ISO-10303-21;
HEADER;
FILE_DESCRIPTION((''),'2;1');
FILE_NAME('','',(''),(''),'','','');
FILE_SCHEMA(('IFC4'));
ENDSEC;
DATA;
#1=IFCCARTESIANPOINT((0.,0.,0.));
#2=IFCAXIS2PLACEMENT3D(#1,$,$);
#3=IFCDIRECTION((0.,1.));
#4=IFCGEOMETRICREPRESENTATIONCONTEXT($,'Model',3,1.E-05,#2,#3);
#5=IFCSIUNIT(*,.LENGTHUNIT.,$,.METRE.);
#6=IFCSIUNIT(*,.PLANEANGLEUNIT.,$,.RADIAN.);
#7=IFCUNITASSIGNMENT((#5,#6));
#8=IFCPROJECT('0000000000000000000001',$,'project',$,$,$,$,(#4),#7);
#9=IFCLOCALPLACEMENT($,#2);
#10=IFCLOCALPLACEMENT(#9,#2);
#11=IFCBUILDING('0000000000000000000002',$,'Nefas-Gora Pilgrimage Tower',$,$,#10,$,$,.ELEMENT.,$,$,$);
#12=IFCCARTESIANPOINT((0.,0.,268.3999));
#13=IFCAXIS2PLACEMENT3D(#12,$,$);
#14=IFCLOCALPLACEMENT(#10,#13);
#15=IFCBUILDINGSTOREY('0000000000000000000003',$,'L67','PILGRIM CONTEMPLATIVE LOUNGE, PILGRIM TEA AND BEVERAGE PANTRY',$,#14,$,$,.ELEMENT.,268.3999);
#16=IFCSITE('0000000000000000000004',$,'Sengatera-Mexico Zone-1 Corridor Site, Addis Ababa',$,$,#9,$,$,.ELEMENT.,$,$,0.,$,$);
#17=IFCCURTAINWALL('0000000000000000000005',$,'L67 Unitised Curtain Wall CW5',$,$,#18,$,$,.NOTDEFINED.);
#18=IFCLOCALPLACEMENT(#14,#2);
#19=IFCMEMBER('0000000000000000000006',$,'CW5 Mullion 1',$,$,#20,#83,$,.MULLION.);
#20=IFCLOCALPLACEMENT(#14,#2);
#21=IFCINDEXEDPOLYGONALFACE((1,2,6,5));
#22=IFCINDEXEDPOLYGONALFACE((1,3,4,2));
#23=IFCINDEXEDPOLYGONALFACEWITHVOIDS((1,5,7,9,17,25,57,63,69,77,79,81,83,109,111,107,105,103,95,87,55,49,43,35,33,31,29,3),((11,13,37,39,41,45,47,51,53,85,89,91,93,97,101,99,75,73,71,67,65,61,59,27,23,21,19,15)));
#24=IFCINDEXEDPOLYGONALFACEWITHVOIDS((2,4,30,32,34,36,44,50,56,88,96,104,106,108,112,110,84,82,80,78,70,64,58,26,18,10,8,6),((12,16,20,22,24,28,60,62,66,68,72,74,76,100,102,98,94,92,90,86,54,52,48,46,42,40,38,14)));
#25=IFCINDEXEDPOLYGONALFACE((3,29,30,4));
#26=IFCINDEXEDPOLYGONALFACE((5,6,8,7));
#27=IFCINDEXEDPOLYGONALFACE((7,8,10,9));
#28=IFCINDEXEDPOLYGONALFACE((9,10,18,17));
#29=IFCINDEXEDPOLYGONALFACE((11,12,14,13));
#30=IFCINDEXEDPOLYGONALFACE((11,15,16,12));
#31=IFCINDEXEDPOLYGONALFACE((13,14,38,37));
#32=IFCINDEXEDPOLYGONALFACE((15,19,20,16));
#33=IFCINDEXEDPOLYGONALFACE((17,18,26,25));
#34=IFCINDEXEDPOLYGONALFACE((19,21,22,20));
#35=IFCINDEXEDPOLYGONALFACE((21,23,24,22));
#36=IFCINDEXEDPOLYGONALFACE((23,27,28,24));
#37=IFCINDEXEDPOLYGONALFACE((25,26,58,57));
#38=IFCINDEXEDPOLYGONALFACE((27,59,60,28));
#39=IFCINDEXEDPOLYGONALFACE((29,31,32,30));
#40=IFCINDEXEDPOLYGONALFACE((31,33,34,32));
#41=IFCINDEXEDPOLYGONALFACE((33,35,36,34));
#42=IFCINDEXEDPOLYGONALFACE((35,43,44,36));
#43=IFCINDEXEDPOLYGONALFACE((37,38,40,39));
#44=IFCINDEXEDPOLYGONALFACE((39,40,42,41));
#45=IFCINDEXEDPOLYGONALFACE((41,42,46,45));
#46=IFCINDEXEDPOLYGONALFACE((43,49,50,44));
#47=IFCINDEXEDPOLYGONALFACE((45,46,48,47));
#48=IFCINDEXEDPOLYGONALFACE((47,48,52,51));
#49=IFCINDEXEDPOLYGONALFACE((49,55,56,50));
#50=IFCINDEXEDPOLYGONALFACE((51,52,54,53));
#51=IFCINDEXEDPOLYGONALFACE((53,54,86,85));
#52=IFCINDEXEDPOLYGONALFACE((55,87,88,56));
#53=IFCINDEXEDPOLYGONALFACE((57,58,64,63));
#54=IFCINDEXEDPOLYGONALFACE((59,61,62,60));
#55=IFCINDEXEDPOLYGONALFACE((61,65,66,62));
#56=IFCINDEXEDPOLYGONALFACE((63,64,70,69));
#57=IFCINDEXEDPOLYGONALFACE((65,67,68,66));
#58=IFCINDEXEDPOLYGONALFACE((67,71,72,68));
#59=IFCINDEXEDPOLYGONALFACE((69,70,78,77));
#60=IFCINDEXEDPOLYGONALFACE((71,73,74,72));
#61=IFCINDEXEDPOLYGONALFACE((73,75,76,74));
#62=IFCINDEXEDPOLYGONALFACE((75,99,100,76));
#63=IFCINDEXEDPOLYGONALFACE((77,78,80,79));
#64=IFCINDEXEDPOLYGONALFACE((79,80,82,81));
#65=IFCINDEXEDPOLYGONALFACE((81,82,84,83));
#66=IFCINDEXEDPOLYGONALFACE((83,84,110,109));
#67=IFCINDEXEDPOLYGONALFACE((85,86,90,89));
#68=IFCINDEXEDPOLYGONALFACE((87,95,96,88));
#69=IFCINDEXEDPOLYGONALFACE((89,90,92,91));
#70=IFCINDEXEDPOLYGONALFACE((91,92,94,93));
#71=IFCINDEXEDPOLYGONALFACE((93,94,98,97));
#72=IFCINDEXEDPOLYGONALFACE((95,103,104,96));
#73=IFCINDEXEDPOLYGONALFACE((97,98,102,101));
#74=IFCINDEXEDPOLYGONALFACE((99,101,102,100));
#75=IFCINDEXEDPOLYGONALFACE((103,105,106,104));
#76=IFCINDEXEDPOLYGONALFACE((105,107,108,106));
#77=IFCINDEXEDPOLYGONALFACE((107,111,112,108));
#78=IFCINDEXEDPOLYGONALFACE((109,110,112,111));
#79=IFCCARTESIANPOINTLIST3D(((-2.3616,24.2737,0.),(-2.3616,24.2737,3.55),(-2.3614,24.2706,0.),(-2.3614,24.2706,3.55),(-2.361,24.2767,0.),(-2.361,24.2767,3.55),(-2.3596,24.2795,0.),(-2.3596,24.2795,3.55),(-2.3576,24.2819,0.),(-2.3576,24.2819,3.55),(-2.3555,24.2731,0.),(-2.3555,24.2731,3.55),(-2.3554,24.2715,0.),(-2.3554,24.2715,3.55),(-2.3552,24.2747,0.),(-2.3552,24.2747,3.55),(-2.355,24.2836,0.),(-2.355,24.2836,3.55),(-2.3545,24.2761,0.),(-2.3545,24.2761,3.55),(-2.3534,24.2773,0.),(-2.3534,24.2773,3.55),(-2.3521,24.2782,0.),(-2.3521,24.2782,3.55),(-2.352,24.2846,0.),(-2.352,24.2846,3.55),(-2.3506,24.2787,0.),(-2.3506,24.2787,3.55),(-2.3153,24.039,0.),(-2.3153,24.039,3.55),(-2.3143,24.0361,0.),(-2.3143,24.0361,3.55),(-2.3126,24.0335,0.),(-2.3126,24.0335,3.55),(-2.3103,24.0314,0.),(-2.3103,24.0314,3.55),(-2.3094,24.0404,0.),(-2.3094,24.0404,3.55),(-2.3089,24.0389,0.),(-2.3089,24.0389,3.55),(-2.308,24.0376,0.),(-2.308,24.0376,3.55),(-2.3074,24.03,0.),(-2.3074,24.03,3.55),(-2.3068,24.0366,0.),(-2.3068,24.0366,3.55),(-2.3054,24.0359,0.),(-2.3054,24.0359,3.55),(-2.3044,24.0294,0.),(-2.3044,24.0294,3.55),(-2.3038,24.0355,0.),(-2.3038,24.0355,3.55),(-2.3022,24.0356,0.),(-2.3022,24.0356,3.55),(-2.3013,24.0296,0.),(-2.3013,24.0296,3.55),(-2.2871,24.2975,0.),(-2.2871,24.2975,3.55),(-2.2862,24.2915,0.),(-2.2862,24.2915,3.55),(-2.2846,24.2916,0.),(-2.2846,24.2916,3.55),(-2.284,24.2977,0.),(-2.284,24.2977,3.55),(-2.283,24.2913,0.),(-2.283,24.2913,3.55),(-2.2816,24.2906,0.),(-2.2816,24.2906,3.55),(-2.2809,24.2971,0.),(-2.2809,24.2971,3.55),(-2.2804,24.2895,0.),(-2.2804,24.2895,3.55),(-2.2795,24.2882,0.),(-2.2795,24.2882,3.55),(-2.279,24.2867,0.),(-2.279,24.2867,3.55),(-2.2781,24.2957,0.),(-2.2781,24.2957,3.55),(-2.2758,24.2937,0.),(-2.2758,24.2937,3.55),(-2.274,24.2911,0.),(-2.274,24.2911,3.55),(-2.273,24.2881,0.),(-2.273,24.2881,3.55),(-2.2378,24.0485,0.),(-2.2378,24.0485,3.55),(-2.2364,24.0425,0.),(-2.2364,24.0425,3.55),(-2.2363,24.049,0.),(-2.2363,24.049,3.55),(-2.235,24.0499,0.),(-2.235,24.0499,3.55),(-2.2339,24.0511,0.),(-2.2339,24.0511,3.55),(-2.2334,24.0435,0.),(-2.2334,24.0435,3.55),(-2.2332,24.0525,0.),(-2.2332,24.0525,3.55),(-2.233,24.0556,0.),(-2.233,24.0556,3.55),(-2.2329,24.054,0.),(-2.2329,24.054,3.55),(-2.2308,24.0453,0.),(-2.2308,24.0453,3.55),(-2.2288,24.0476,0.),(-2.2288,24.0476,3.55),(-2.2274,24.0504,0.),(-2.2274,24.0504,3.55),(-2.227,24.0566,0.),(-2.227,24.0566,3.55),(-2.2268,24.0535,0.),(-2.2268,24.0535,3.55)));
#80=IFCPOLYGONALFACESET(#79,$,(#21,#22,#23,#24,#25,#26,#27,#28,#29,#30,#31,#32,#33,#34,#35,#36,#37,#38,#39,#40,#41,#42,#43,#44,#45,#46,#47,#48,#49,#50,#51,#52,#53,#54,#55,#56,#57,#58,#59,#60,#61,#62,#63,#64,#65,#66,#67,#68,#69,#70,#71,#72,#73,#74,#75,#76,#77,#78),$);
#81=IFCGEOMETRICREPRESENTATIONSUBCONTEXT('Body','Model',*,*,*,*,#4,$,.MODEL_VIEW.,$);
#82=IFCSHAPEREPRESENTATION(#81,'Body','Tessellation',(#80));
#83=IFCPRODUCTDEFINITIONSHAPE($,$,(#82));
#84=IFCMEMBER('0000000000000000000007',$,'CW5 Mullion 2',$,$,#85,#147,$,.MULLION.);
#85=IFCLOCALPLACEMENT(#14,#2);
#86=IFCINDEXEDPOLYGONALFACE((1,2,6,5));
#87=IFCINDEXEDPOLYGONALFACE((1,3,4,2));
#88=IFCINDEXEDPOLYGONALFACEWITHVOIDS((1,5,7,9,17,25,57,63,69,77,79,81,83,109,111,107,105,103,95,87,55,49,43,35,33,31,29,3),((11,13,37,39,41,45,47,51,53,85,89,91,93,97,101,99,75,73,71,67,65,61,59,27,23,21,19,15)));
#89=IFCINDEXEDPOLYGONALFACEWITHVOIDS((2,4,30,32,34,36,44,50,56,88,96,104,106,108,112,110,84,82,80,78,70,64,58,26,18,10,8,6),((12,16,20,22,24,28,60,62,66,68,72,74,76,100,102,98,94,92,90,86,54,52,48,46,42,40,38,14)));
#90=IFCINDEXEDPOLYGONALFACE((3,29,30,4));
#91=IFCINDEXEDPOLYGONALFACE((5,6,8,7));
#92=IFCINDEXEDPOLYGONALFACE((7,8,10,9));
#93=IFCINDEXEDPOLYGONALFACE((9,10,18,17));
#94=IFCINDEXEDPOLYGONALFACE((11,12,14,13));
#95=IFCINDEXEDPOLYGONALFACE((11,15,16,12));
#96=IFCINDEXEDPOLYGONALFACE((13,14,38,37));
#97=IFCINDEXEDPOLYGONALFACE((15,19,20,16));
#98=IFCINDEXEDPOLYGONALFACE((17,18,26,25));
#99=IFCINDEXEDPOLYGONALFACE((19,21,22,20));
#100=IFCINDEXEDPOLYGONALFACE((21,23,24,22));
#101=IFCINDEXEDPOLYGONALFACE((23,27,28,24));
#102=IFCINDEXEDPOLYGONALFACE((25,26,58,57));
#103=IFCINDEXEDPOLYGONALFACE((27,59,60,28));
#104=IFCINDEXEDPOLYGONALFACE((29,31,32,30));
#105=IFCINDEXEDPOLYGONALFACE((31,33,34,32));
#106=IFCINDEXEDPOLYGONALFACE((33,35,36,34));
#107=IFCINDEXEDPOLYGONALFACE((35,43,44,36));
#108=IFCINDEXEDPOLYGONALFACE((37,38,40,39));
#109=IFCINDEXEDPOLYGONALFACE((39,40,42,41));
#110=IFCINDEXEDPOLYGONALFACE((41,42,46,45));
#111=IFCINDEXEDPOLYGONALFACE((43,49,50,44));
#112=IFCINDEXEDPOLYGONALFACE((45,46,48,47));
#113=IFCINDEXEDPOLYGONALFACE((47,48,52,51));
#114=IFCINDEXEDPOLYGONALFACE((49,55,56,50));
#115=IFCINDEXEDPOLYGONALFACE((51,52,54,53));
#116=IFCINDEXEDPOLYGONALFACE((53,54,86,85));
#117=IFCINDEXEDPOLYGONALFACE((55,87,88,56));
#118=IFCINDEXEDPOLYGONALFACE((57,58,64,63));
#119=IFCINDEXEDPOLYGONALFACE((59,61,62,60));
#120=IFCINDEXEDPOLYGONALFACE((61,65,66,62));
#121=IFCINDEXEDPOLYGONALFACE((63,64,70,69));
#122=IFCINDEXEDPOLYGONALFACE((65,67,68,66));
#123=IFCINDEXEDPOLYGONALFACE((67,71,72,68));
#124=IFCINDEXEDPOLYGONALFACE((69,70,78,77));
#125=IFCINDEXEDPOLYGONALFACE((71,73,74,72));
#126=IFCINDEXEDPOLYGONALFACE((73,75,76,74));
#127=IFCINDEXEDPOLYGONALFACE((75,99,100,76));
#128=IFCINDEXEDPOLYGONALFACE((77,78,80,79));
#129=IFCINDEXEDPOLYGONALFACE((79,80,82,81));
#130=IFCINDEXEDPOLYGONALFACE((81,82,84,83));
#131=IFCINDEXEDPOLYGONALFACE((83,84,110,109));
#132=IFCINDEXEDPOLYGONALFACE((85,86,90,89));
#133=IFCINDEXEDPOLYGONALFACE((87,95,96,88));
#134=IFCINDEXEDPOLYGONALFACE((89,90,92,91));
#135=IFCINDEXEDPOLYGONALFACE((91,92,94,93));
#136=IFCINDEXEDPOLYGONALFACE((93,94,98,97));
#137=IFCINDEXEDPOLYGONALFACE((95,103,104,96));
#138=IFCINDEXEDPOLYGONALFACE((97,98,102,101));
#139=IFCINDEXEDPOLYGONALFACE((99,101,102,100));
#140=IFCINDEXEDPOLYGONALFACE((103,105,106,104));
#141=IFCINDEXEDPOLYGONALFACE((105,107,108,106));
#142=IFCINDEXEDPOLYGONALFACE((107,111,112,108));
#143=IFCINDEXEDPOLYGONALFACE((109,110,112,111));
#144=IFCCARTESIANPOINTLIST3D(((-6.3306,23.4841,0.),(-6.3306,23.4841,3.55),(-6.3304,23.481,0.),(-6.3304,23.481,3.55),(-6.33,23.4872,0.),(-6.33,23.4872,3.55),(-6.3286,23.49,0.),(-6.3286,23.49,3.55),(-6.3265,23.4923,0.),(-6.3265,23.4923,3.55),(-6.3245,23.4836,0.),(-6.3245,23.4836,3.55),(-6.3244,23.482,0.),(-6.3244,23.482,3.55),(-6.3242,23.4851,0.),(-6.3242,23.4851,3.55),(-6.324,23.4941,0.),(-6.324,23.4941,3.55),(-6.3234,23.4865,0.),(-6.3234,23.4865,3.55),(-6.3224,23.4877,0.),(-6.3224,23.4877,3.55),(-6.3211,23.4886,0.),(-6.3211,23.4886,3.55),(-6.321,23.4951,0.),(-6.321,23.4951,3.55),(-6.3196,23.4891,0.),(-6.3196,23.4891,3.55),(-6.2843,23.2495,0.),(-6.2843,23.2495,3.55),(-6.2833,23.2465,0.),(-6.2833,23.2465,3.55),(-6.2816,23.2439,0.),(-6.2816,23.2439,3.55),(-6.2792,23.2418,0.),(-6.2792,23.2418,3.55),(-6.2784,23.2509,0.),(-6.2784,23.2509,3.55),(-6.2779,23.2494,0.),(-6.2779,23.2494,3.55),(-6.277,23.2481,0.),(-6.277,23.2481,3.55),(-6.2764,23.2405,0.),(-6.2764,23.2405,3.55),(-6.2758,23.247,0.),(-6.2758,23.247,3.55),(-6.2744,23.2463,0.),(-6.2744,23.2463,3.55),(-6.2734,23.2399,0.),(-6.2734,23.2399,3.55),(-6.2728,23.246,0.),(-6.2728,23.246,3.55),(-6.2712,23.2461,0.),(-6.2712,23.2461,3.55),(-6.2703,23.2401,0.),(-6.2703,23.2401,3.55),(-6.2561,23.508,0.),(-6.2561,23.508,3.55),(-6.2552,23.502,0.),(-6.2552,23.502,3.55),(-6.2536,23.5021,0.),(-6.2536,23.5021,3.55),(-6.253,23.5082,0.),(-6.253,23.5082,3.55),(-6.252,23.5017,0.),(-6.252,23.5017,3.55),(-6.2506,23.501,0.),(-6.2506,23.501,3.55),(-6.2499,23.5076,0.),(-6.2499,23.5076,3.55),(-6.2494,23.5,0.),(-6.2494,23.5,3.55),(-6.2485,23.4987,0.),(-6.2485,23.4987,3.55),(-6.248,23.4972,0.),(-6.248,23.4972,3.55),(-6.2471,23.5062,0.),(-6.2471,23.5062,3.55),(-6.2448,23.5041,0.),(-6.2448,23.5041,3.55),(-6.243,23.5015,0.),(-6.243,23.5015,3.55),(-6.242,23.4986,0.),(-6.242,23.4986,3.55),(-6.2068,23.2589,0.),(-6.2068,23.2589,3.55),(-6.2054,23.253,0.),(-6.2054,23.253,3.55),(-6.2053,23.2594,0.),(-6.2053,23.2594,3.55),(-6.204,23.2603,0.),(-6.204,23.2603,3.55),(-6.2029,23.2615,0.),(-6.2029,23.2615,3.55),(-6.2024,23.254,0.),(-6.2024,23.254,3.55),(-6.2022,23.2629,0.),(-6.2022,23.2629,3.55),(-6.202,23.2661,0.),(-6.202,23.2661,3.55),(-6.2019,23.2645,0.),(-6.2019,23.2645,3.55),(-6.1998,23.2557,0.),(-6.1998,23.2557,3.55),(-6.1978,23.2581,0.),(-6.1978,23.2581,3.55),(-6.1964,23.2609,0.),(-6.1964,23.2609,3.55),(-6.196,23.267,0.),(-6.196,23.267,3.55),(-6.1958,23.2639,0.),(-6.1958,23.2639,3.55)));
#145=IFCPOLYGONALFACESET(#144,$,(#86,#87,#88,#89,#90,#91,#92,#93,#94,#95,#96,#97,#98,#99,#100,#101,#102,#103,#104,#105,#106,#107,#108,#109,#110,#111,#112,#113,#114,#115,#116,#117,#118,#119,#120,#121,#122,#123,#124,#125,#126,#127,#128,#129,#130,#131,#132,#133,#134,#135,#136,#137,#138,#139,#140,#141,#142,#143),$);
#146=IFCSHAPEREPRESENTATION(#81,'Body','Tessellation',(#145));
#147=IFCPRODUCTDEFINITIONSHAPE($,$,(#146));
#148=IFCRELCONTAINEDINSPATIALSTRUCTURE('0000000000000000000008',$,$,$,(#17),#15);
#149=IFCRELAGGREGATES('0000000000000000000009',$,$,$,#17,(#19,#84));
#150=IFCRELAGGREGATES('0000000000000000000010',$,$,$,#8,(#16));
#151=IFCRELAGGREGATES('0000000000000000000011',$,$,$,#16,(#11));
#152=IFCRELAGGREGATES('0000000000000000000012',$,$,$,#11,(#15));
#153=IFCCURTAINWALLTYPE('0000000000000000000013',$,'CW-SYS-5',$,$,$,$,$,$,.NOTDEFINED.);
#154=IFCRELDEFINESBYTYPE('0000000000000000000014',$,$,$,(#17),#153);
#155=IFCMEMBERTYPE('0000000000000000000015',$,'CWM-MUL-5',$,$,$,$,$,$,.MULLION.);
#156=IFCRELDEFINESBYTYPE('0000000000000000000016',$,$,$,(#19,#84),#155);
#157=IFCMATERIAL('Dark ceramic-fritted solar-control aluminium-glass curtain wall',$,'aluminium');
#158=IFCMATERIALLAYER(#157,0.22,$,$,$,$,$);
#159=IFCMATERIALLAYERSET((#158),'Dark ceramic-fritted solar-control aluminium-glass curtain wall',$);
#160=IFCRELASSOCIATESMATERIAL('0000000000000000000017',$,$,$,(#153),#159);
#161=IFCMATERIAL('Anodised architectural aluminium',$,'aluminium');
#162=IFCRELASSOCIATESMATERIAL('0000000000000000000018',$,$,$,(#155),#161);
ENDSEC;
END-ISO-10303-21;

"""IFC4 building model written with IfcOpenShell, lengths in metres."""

from ifc_helpers import new_model, si_unit, direction, frame, origin, origin_2d, place, context, subcontext, project, spatial, hollow_rectangle, extrude, source, transform, mapped, material, layer, layer_set, material_profile, profile_set, type_object, element, aggregate, save


model = new_model("IFC4")

# Units and contexts
model_context = context("Model", 3, precision=1e-05, world=origin(), true_north=direction((0.0, 1.0)))
body_context = subcontext(model_context, "Body", "Model", "MODEL_VIEW")
ifc_project = project(units=[si_unit("LENGTHUNIT", "METRE"), si_unit("PLANEANGLEUNIT", "RADIAN")], contexts=[model_context])

# Site, building, storey
site_placement = place(None, origin())
site = spatial("IfcSite", under=ifc_project, at=site_placement, Name="Sengatera-Mexico Zone-1 Corridor Site, Addis Ababa", CompositionType="ELEMENT", RefElevation=0.0)
building_placement = place(site_placement, origin())
building = spatial("IfcBuilding", under=site, at=building_placement, Name="Nefas-Gora Pilgrimage Tower", CompositionType="ELEMENT")
storey_placement = place(building_placement, frame((0.0, 0.0, 268.3999)))
storey = spatial("IfcBuildingStorey", under=building, at=storey_placement, Name="L67", Description="PILGRIM CONTEMPLATIVE LOUNGE, PILGRIM TEA AND BEVERAGE PANTRY", CompositionType="ELEMENT", Elevation=268.3999)

# Curtain wall, members
ifc_material_1 = material(Name="Dark ceramic-fritted solar-control aluminium-glass curtain wall", Category="aluminium")
ifc_layer_1 = layer(ifc_material_1, 0.22)
ifc_layer_set_1 = layer_set([ifc_layer_1], Name="Dark ceramic-fritted solar-control aluminium-glass curtain wall")
curtain_wall_type = type_object("IfcCurtainWallType", Name="CW-SYS-5", PredefinedType="NOTDEFINED", material=ifc_layer_set_1)
curtain_wall_1_placement = place(storey_placement, origin())
curtain_wall_1 = element("IfcCurtainWall", 1, at=curtain_wall_1_placement, inside=storey, type_object=curtain_wall_type, Name="L67 Unitised Curtain Wall CW5", PredefinedType="NOTDEFINED")
ifc_material_2 = material(Name="Anodised architectural aluminium", Category="aluminium")
ifc_material_profile_1 = material_profile(ifc_material_2, hollow_rectangle(XDim=0.0901, YDim=0.26, WallThickness=0.0061, InnerFilletRadius=0.0061, OuterFilletRadius=0.012, at=origin_2d()), Name="ALU MULLION 90x260")
ifc_profile_set_1 = profile_set([ifc_material_profile_1], Name="Anodised architectural aluminium")
member_type_1 = type_object("IfcMemberType", Name="CWM-MUL-5", PredefinedType="MULLION", material=ifc_profile_set_1)
shared_shape_1 = source(origin(), body_context, "Body", "SweptSolid", [
    extrude(hollow_rectangle(XDim=0.0901, YDim=0.26, WallThickness=0.0061, InnerFilletRadius=0.0061, OuterFilletRadius=0.012, at=origin_2d()), origin(), (0.0, 0.0, 1.0), 3.55),
])
member_1_placement = place(storey_placement, frame((-2.2942, 24.1636, 0.0), z_axis=(0.0, 0.0, 1.0), x_axis=(-0.980783, -0.195102, 0.0)))
member_1 = element("IfcMember", 2, at=member_1_placement, type_object=member_type_1, Name="CW5 Mullion 1", PredefinedType="MULLION", context=body_context, shape_type="MappedRepresentation", body=[
    mapped(shared_shape_1, transform((0.0, 0.0, 0.0), x_axis=(1.0, 0.0, 0.0), y_axis=(0.0, 1.0, 0.0), z_axis=(0.0, 0.0, 1.0), scale=1.0)),
])
member_2_placement = place(storey_placement, frame((-6.2632, 23.374, 0.0), z_axis=(0.0, 0.0, 1.0), x_axis=(-0.980783, -0.195102, 0.0)))
member_2 = element("IfcMember", 3, at=member_2_placement, type_object=member_type_1, Name="CW5 Mullion 2", PredefinedType="MULLION", context=body_context, shape_type="MappedRepresentation", body=[
    mapped(shared_shape_1, transform((0.0, 0.0, 0.0), x_axis=(1.0, 0.0, 0.0), y_axis=(0.0, 1.0, 0.0), z_axis=(0.0, 0.0, 1.0), scale=1.0)),
])

aggregate(curtain_wall_1, [member_1, member_2])

save(model, "model.ifc")
